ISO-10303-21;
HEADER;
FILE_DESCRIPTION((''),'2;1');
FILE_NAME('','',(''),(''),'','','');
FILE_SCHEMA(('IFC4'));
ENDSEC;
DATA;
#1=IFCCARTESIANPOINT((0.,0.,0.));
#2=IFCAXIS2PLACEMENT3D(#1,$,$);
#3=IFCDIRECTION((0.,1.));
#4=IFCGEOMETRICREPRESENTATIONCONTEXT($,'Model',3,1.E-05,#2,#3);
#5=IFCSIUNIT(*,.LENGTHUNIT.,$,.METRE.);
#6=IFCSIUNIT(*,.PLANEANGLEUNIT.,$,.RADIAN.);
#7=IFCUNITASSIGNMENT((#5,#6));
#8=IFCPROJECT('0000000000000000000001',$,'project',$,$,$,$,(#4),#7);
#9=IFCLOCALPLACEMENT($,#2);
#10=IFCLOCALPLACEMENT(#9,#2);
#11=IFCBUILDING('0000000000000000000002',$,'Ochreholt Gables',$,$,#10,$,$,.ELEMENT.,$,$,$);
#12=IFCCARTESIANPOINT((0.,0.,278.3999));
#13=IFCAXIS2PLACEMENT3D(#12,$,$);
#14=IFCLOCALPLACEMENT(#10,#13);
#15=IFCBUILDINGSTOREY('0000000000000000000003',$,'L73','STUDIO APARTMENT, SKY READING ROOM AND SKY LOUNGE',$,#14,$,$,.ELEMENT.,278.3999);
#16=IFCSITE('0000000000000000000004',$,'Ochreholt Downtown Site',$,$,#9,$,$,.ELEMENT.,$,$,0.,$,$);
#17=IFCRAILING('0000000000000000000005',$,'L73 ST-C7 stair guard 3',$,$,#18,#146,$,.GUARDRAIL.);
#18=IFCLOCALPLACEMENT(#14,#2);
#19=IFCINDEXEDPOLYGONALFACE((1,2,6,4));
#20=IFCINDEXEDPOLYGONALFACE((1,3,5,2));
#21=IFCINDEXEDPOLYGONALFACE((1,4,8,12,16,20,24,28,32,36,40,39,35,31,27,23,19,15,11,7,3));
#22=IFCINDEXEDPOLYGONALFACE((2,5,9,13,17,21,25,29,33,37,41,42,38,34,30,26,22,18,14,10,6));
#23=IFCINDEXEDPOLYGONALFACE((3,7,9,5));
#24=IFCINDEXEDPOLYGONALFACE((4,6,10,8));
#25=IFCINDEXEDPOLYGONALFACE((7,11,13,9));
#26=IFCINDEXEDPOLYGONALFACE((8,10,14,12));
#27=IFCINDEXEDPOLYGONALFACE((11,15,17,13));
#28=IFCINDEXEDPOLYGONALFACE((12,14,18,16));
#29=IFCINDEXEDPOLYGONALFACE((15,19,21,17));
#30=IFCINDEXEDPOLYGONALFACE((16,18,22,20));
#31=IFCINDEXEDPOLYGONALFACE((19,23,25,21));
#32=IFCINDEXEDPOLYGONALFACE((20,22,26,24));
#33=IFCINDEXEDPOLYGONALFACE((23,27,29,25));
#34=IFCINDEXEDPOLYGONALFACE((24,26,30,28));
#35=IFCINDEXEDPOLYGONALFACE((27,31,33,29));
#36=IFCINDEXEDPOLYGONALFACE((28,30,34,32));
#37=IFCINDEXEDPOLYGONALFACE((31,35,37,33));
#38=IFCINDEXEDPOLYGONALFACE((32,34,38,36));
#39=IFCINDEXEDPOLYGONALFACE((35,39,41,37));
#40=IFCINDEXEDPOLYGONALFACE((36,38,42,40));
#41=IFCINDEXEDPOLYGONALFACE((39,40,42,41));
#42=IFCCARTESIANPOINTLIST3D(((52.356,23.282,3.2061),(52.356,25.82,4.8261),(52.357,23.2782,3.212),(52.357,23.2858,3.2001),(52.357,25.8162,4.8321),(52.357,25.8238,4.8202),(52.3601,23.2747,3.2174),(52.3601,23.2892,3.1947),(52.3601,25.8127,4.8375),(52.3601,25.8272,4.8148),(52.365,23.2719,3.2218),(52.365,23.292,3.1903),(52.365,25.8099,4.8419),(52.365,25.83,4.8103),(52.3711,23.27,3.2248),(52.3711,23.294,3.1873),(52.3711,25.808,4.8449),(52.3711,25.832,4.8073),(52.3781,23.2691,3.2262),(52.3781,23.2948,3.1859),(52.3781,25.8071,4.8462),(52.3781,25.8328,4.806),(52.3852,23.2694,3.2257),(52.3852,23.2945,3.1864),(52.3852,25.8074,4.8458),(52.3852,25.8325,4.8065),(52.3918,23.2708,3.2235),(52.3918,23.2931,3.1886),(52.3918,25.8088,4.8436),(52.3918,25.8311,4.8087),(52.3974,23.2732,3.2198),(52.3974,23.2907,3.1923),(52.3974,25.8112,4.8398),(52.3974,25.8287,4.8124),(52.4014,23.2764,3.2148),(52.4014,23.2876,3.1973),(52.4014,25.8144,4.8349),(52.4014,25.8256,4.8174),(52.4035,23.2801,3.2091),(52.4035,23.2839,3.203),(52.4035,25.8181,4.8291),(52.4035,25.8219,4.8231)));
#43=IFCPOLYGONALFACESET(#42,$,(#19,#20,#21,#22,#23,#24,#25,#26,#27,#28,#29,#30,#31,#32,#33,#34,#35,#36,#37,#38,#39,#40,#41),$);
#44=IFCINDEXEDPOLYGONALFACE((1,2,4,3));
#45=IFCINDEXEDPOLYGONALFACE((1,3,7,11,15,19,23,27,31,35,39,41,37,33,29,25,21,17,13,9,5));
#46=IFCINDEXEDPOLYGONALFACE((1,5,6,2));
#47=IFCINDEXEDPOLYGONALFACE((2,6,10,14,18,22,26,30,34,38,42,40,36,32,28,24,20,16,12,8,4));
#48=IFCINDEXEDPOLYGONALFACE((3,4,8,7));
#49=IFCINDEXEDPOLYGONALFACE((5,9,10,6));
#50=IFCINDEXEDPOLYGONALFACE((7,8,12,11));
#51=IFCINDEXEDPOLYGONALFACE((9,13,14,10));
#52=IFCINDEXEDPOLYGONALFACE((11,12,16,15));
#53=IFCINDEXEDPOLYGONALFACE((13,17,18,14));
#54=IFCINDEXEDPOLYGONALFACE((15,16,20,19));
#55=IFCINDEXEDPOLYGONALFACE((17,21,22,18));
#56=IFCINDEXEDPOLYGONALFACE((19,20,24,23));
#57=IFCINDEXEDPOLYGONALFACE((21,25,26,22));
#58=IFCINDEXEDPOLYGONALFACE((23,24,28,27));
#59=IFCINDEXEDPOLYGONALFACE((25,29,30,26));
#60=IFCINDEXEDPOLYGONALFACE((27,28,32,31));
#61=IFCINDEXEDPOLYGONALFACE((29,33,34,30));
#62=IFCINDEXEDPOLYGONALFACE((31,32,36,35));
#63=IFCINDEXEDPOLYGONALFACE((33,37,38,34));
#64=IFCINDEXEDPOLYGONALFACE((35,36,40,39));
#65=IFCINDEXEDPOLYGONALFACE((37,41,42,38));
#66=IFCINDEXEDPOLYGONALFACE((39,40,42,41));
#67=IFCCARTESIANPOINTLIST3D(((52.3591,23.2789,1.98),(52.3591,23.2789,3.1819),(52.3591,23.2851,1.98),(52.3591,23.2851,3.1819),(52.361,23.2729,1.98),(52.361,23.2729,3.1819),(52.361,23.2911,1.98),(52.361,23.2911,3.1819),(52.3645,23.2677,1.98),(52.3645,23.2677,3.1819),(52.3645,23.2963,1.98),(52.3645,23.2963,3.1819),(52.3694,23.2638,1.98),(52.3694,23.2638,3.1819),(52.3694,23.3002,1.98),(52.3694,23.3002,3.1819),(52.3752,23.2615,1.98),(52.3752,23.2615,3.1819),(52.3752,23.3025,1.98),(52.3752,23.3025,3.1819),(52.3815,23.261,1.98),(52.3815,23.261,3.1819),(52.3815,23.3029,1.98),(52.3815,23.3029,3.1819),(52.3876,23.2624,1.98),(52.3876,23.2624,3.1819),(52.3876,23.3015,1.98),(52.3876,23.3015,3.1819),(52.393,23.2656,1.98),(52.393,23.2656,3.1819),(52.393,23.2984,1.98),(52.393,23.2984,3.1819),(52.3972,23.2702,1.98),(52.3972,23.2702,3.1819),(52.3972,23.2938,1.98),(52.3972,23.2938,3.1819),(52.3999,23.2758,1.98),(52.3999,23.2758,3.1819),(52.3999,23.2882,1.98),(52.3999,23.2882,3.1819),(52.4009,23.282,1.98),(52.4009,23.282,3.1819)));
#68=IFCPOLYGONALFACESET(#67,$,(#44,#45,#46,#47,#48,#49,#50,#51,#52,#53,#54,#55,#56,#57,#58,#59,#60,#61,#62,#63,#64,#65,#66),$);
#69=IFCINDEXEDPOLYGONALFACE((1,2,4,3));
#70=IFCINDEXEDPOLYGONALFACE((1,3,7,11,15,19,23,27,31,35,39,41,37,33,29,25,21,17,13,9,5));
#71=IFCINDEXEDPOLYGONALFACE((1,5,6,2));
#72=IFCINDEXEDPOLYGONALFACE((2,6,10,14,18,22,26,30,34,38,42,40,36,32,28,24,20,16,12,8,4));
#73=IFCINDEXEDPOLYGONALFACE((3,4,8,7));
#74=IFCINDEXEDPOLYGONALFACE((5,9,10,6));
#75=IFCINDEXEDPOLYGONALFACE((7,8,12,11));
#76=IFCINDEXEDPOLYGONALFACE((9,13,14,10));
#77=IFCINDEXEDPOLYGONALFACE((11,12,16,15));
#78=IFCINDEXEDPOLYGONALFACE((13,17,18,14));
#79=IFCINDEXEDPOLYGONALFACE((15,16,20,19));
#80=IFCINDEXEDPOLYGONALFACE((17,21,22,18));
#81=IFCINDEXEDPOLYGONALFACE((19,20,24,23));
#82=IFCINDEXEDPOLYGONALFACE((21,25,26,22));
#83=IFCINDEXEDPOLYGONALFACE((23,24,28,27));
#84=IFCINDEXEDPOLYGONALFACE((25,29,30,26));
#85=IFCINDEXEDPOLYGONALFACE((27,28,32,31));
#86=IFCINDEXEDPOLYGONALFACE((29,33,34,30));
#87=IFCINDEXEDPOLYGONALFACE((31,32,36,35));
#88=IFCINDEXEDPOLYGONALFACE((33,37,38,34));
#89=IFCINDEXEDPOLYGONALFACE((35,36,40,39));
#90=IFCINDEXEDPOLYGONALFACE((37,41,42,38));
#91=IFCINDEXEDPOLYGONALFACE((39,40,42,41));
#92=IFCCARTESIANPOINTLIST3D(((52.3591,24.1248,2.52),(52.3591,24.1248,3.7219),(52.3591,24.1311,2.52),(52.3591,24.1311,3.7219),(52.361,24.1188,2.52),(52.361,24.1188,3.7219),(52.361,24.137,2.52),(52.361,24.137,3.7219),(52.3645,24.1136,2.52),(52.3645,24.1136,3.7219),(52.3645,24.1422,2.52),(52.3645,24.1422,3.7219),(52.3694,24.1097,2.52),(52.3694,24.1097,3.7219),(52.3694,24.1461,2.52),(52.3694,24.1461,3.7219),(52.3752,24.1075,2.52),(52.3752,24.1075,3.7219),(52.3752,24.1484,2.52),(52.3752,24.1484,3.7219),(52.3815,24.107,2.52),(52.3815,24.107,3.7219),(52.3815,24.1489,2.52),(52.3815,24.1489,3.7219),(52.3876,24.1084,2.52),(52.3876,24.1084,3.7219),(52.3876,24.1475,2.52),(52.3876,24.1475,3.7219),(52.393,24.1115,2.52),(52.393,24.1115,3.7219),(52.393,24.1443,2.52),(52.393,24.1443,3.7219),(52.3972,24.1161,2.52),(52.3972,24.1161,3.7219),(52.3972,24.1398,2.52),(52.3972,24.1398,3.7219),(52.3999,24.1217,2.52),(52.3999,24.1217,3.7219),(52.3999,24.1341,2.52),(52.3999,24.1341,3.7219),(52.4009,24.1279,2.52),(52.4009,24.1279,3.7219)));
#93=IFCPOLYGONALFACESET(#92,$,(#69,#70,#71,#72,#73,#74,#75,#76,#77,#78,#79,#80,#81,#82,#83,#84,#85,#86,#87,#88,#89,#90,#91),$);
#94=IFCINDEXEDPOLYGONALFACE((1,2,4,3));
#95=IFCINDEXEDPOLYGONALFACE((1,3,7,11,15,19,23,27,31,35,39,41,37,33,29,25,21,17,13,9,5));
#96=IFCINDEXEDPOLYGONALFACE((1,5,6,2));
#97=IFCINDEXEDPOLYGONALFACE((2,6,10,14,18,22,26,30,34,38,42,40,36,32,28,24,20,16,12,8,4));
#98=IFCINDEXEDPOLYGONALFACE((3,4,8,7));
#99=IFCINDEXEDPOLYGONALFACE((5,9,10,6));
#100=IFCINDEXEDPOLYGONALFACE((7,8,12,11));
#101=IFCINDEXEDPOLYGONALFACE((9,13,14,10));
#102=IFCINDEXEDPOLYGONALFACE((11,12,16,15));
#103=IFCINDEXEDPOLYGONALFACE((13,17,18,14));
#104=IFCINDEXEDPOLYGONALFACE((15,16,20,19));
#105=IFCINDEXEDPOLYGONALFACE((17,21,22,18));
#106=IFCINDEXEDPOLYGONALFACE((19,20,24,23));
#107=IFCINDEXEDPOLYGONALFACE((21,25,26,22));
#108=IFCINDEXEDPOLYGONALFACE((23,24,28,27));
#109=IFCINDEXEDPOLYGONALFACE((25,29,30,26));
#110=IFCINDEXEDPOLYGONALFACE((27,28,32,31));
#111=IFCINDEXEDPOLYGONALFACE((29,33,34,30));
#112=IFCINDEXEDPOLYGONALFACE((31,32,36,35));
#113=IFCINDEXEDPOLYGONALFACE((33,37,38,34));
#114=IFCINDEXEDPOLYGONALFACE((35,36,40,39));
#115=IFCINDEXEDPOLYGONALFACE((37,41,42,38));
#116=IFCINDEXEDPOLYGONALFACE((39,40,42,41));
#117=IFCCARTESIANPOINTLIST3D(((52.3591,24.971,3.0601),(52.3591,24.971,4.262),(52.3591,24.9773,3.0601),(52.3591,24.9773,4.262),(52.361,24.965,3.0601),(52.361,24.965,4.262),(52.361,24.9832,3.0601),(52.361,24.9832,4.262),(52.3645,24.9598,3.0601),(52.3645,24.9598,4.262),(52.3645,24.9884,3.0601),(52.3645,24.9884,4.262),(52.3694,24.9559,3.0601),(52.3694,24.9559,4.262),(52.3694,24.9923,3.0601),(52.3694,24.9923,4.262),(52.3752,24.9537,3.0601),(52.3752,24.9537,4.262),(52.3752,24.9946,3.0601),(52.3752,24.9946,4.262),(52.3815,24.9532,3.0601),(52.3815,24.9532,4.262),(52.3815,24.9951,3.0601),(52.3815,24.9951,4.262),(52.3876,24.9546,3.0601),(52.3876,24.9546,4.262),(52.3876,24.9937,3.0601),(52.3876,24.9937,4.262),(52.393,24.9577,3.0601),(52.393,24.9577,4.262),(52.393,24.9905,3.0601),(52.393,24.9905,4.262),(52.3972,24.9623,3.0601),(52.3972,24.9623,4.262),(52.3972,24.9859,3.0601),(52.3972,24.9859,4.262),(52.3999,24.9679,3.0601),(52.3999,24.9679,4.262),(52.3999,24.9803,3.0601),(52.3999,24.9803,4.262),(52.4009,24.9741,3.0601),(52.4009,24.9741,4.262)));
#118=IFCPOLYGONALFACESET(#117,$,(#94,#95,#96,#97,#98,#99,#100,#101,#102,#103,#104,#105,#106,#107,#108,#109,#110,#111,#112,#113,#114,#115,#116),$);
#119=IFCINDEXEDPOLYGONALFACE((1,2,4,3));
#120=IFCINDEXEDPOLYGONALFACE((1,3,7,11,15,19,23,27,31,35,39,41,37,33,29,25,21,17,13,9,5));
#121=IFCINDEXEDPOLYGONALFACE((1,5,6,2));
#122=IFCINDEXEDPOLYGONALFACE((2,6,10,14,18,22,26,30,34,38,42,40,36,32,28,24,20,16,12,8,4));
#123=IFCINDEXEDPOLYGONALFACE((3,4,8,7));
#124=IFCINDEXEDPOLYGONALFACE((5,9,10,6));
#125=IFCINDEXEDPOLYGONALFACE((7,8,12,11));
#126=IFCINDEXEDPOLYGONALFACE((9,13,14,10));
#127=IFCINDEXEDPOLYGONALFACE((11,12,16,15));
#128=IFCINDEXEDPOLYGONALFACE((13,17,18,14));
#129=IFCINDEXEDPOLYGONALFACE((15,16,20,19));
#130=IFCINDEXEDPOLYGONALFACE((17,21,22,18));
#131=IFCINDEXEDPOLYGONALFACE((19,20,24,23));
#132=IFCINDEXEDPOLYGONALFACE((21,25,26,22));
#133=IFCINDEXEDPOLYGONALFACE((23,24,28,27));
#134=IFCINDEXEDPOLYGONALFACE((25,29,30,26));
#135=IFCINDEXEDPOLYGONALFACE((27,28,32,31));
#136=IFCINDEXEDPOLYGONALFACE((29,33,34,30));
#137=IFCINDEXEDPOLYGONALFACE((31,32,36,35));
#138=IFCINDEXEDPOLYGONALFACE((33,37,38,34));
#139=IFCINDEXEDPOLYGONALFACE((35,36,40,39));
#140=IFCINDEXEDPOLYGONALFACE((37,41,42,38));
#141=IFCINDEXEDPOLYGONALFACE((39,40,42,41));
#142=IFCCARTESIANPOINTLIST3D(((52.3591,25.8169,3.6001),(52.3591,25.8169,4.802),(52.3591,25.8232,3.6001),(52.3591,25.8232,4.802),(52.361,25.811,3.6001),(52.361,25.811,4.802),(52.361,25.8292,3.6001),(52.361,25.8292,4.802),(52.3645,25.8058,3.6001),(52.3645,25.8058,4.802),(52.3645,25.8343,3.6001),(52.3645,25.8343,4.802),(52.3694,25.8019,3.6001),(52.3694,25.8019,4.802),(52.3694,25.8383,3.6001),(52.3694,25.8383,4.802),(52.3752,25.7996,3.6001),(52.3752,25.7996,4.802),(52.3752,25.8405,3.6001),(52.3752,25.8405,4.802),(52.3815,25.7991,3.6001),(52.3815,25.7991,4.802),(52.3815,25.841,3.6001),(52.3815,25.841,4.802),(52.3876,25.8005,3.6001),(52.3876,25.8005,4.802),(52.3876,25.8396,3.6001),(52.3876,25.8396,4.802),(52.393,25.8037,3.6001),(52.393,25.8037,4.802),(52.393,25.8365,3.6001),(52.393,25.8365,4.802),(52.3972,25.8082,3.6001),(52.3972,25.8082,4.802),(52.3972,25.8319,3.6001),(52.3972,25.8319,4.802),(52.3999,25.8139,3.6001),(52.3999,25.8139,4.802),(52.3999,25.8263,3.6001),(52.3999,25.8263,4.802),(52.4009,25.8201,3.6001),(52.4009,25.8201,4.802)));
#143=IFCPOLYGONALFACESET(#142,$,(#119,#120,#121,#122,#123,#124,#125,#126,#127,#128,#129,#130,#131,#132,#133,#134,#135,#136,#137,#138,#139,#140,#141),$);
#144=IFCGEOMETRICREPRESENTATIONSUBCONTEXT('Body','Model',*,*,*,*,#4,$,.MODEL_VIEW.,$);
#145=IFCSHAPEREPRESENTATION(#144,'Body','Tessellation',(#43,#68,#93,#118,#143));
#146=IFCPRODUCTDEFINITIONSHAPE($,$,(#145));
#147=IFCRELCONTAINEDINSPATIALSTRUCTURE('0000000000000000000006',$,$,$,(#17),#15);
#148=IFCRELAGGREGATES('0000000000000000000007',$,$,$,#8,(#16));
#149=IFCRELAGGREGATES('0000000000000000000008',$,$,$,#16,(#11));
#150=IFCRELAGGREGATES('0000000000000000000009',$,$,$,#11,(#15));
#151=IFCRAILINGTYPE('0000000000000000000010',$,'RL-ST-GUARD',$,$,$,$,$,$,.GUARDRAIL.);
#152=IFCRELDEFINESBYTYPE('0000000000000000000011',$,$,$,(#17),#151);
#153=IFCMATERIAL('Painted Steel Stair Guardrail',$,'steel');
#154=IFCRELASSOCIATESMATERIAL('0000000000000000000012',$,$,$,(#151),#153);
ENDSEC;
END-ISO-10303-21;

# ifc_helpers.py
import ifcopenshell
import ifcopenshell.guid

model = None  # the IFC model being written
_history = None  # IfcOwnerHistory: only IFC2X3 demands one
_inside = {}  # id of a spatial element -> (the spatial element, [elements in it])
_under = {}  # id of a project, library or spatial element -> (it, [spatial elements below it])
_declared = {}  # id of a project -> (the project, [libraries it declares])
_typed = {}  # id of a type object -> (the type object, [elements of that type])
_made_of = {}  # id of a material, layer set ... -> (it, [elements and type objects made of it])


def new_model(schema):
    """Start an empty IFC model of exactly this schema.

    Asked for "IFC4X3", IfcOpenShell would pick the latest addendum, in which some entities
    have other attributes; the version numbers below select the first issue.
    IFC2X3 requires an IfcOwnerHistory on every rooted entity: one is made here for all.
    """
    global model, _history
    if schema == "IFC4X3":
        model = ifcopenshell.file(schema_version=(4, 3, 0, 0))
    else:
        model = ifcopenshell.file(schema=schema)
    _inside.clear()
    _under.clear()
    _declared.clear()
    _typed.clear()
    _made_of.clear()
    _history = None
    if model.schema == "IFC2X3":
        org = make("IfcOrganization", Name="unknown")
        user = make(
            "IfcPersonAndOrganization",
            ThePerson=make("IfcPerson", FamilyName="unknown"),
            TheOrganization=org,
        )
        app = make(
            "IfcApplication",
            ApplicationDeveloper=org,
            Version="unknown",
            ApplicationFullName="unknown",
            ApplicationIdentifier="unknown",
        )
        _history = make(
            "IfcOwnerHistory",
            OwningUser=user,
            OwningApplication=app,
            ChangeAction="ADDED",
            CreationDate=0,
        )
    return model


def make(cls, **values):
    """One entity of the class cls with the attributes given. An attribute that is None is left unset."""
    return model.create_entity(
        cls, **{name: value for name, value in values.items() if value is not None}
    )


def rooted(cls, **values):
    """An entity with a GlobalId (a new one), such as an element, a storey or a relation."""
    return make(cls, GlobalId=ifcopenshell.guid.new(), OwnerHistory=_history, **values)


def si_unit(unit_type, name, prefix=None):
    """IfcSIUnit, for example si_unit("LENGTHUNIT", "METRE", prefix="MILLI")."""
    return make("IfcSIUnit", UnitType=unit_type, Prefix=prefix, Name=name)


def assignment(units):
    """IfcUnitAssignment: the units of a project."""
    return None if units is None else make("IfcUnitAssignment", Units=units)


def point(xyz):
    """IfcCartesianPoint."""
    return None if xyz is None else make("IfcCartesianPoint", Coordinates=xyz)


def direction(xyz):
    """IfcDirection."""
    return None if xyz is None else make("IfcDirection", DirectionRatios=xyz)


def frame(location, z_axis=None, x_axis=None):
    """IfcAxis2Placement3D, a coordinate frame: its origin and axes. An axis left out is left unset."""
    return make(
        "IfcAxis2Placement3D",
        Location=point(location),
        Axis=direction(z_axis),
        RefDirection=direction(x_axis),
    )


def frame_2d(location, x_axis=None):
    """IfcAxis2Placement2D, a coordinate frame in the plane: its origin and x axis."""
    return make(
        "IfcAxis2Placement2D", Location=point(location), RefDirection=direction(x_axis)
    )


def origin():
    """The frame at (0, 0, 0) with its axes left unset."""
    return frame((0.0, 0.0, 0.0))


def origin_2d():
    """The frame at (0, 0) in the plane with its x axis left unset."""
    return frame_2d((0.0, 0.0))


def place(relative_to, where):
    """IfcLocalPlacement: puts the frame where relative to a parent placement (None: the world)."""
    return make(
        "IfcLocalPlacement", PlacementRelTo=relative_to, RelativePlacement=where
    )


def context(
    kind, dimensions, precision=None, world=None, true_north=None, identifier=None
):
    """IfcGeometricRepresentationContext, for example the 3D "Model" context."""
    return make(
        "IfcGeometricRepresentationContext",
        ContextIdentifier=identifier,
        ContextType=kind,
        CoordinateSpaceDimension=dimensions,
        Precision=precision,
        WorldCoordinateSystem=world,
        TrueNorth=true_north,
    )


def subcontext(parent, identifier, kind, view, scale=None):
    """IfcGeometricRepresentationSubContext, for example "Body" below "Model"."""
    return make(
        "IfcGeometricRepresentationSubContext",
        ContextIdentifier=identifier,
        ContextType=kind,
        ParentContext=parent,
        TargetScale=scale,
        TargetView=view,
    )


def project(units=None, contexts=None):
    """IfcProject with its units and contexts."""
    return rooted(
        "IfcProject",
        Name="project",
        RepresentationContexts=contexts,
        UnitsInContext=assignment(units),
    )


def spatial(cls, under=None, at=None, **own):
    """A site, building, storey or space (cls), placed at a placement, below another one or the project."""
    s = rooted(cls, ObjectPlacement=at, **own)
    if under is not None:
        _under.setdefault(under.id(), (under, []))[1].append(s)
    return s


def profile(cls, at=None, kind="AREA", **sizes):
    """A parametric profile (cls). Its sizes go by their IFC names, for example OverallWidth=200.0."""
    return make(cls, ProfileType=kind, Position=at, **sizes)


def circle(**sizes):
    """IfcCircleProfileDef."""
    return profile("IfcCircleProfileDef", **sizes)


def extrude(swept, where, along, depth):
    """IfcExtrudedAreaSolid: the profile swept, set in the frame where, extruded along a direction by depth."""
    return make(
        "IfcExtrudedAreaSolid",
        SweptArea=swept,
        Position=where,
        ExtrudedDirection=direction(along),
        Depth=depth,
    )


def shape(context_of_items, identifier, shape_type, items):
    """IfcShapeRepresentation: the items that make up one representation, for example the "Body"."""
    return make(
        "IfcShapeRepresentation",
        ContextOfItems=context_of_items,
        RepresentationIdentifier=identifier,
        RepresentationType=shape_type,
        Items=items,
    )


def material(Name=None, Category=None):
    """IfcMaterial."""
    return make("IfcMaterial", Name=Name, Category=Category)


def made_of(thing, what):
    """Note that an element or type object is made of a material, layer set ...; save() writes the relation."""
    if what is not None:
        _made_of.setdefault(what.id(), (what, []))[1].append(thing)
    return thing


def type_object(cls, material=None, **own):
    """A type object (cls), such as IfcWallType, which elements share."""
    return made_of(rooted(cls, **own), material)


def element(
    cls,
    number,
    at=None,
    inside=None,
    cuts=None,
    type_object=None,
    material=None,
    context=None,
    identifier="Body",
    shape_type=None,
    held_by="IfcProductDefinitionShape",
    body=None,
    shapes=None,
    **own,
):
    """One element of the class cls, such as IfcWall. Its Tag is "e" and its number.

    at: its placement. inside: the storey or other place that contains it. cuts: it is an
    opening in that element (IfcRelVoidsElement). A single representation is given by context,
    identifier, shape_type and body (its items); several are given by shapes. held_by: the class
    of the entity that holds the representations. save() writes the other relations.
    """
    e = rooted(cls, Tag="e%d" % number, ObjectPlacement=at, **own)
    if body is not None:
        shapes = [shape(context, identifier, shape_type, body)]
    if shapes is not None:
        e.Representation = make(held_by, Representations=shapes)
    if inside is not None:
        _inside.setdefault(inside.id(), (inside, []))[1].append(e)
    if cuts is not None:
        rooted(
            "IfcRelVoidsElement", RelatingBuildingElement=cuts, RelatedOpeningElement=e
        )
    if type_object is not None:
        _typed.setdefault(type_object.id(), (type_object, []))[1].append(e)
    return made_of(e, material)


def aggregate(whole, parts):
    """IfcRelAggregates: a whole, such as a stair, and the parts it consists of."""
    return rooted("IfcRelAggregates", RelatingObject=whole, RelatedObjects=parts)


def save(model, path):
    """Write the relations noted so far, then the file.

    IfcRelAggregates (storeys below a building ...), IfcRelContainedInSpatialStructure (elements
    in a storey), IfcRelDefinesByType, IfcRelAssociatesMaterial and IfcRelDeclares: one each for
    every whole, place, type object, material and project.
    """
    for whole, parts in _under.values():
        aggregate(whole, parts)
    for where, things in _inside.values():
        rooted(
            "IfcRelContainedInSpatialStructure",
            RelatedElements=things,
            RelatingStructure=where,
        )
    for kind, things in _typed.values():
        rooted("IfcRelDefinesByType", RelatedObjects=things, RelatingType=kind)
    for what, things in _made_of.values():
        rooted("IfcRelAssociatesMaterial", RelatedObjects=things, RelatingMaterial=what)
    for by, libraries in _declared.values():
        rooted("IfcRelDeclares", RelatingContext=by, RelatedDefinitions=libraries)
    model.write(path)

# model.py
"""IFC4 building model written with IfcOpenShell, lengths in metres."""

from ifc_helpers import new_model, si_unit, direction, frame, origin, origin_2d, place, context, subcontext, project, spatial, circle, extrude, material, type_object, element, save


model = new_model("IFC4")

# Units and contexts
model_context = context("Model", 3, precision=1e-05, world=origin(), true_north=direction((0.0, 1.0)))
body_context = subcontext(model_context, "Body", "Model", "MODEL_VIEW")
ifc_project = project(units=[si_unit("LENGTHUNIT", "METRE"), si_unit("PLANEANGLEUNIT", "RADIAN")], contexts=[model_context])

# Site, building, storey
site_placement = place(None, origin())
site = spatial("IfcSite", under=ifc_project, at=site_placement, Name="Ochreholt Downtown Site", CompositionType="ELEMENT", RefElevation=0.0)
building_placement = place(site_placement, origin())
building = spatial("IfcBuilding", under=site, at=building_placement, Name="Ochreholt Gables", CompositionType="ELEMENT")
storey_placement = place(building_placement, frame((0.0, 0.0, 278.3999)))
storey = spatial("IfcBuildingStorey", under=building, at=storey_placement, Name="L73", Description="STUDIO APARTMENT, SKY READING ROOM AND SKY LOUNGE", CompositionType="ELEMENT", Elevation=278.3999)

# Railing
ifc_material_1 = material(Name="Painted Steel Stair Guardrail", Category="steel")
railing_type_1 = type_object("IfcRailingType", Name="RL-ST-GUARD", PredefinedType="GUARDRAIL", material=ifc_material_1)
railing_1_placement = place(storey_placement, frame((52.3799, 23.282, 1.98)))
element("IfcRailing", 1, at=railing_1_placement, inside=storey, type_object=railing_type_1, Name="L73 ST-C7 stair guard 3", PredefinedType="GUARDRAIL", context=body_context, shape_type="SweptSolid", body=[
    extrude(circle(Radius=0.0239, at=origin_2d()), frame((0.0, 0.0, 1.2261), z_axis=(0.0, 0.842913, 0.53805), x_axis=(-1.0, 0.0, 0.0)), (0.0, 0.0, 1.0), 3.011),
    extrude(circle(Radius=0.021, at=origin_2d()), origin(), (0.0, 0.0, 1.0), 1.2019),
    extrude(circle(Radius=0.021, at=origin_2d()), frame((0.0, 0.8459, 0.54)), (0.0, 0.0, 1.0), 1.2019),
    extrude(circle(Radius=0.021, at=origin_2d()), frame((0.0, 1.6921, 1.0801)), (0.0, 0.0, 1.0), 1.2019),
    extrude(circle(Radius=0.021, at=origin_2d()), frame((0.0, 2.5381, 1.6201)), (0.0, 0.0, 1.0), 1.2019),
])

save(model, "model.ifc")
